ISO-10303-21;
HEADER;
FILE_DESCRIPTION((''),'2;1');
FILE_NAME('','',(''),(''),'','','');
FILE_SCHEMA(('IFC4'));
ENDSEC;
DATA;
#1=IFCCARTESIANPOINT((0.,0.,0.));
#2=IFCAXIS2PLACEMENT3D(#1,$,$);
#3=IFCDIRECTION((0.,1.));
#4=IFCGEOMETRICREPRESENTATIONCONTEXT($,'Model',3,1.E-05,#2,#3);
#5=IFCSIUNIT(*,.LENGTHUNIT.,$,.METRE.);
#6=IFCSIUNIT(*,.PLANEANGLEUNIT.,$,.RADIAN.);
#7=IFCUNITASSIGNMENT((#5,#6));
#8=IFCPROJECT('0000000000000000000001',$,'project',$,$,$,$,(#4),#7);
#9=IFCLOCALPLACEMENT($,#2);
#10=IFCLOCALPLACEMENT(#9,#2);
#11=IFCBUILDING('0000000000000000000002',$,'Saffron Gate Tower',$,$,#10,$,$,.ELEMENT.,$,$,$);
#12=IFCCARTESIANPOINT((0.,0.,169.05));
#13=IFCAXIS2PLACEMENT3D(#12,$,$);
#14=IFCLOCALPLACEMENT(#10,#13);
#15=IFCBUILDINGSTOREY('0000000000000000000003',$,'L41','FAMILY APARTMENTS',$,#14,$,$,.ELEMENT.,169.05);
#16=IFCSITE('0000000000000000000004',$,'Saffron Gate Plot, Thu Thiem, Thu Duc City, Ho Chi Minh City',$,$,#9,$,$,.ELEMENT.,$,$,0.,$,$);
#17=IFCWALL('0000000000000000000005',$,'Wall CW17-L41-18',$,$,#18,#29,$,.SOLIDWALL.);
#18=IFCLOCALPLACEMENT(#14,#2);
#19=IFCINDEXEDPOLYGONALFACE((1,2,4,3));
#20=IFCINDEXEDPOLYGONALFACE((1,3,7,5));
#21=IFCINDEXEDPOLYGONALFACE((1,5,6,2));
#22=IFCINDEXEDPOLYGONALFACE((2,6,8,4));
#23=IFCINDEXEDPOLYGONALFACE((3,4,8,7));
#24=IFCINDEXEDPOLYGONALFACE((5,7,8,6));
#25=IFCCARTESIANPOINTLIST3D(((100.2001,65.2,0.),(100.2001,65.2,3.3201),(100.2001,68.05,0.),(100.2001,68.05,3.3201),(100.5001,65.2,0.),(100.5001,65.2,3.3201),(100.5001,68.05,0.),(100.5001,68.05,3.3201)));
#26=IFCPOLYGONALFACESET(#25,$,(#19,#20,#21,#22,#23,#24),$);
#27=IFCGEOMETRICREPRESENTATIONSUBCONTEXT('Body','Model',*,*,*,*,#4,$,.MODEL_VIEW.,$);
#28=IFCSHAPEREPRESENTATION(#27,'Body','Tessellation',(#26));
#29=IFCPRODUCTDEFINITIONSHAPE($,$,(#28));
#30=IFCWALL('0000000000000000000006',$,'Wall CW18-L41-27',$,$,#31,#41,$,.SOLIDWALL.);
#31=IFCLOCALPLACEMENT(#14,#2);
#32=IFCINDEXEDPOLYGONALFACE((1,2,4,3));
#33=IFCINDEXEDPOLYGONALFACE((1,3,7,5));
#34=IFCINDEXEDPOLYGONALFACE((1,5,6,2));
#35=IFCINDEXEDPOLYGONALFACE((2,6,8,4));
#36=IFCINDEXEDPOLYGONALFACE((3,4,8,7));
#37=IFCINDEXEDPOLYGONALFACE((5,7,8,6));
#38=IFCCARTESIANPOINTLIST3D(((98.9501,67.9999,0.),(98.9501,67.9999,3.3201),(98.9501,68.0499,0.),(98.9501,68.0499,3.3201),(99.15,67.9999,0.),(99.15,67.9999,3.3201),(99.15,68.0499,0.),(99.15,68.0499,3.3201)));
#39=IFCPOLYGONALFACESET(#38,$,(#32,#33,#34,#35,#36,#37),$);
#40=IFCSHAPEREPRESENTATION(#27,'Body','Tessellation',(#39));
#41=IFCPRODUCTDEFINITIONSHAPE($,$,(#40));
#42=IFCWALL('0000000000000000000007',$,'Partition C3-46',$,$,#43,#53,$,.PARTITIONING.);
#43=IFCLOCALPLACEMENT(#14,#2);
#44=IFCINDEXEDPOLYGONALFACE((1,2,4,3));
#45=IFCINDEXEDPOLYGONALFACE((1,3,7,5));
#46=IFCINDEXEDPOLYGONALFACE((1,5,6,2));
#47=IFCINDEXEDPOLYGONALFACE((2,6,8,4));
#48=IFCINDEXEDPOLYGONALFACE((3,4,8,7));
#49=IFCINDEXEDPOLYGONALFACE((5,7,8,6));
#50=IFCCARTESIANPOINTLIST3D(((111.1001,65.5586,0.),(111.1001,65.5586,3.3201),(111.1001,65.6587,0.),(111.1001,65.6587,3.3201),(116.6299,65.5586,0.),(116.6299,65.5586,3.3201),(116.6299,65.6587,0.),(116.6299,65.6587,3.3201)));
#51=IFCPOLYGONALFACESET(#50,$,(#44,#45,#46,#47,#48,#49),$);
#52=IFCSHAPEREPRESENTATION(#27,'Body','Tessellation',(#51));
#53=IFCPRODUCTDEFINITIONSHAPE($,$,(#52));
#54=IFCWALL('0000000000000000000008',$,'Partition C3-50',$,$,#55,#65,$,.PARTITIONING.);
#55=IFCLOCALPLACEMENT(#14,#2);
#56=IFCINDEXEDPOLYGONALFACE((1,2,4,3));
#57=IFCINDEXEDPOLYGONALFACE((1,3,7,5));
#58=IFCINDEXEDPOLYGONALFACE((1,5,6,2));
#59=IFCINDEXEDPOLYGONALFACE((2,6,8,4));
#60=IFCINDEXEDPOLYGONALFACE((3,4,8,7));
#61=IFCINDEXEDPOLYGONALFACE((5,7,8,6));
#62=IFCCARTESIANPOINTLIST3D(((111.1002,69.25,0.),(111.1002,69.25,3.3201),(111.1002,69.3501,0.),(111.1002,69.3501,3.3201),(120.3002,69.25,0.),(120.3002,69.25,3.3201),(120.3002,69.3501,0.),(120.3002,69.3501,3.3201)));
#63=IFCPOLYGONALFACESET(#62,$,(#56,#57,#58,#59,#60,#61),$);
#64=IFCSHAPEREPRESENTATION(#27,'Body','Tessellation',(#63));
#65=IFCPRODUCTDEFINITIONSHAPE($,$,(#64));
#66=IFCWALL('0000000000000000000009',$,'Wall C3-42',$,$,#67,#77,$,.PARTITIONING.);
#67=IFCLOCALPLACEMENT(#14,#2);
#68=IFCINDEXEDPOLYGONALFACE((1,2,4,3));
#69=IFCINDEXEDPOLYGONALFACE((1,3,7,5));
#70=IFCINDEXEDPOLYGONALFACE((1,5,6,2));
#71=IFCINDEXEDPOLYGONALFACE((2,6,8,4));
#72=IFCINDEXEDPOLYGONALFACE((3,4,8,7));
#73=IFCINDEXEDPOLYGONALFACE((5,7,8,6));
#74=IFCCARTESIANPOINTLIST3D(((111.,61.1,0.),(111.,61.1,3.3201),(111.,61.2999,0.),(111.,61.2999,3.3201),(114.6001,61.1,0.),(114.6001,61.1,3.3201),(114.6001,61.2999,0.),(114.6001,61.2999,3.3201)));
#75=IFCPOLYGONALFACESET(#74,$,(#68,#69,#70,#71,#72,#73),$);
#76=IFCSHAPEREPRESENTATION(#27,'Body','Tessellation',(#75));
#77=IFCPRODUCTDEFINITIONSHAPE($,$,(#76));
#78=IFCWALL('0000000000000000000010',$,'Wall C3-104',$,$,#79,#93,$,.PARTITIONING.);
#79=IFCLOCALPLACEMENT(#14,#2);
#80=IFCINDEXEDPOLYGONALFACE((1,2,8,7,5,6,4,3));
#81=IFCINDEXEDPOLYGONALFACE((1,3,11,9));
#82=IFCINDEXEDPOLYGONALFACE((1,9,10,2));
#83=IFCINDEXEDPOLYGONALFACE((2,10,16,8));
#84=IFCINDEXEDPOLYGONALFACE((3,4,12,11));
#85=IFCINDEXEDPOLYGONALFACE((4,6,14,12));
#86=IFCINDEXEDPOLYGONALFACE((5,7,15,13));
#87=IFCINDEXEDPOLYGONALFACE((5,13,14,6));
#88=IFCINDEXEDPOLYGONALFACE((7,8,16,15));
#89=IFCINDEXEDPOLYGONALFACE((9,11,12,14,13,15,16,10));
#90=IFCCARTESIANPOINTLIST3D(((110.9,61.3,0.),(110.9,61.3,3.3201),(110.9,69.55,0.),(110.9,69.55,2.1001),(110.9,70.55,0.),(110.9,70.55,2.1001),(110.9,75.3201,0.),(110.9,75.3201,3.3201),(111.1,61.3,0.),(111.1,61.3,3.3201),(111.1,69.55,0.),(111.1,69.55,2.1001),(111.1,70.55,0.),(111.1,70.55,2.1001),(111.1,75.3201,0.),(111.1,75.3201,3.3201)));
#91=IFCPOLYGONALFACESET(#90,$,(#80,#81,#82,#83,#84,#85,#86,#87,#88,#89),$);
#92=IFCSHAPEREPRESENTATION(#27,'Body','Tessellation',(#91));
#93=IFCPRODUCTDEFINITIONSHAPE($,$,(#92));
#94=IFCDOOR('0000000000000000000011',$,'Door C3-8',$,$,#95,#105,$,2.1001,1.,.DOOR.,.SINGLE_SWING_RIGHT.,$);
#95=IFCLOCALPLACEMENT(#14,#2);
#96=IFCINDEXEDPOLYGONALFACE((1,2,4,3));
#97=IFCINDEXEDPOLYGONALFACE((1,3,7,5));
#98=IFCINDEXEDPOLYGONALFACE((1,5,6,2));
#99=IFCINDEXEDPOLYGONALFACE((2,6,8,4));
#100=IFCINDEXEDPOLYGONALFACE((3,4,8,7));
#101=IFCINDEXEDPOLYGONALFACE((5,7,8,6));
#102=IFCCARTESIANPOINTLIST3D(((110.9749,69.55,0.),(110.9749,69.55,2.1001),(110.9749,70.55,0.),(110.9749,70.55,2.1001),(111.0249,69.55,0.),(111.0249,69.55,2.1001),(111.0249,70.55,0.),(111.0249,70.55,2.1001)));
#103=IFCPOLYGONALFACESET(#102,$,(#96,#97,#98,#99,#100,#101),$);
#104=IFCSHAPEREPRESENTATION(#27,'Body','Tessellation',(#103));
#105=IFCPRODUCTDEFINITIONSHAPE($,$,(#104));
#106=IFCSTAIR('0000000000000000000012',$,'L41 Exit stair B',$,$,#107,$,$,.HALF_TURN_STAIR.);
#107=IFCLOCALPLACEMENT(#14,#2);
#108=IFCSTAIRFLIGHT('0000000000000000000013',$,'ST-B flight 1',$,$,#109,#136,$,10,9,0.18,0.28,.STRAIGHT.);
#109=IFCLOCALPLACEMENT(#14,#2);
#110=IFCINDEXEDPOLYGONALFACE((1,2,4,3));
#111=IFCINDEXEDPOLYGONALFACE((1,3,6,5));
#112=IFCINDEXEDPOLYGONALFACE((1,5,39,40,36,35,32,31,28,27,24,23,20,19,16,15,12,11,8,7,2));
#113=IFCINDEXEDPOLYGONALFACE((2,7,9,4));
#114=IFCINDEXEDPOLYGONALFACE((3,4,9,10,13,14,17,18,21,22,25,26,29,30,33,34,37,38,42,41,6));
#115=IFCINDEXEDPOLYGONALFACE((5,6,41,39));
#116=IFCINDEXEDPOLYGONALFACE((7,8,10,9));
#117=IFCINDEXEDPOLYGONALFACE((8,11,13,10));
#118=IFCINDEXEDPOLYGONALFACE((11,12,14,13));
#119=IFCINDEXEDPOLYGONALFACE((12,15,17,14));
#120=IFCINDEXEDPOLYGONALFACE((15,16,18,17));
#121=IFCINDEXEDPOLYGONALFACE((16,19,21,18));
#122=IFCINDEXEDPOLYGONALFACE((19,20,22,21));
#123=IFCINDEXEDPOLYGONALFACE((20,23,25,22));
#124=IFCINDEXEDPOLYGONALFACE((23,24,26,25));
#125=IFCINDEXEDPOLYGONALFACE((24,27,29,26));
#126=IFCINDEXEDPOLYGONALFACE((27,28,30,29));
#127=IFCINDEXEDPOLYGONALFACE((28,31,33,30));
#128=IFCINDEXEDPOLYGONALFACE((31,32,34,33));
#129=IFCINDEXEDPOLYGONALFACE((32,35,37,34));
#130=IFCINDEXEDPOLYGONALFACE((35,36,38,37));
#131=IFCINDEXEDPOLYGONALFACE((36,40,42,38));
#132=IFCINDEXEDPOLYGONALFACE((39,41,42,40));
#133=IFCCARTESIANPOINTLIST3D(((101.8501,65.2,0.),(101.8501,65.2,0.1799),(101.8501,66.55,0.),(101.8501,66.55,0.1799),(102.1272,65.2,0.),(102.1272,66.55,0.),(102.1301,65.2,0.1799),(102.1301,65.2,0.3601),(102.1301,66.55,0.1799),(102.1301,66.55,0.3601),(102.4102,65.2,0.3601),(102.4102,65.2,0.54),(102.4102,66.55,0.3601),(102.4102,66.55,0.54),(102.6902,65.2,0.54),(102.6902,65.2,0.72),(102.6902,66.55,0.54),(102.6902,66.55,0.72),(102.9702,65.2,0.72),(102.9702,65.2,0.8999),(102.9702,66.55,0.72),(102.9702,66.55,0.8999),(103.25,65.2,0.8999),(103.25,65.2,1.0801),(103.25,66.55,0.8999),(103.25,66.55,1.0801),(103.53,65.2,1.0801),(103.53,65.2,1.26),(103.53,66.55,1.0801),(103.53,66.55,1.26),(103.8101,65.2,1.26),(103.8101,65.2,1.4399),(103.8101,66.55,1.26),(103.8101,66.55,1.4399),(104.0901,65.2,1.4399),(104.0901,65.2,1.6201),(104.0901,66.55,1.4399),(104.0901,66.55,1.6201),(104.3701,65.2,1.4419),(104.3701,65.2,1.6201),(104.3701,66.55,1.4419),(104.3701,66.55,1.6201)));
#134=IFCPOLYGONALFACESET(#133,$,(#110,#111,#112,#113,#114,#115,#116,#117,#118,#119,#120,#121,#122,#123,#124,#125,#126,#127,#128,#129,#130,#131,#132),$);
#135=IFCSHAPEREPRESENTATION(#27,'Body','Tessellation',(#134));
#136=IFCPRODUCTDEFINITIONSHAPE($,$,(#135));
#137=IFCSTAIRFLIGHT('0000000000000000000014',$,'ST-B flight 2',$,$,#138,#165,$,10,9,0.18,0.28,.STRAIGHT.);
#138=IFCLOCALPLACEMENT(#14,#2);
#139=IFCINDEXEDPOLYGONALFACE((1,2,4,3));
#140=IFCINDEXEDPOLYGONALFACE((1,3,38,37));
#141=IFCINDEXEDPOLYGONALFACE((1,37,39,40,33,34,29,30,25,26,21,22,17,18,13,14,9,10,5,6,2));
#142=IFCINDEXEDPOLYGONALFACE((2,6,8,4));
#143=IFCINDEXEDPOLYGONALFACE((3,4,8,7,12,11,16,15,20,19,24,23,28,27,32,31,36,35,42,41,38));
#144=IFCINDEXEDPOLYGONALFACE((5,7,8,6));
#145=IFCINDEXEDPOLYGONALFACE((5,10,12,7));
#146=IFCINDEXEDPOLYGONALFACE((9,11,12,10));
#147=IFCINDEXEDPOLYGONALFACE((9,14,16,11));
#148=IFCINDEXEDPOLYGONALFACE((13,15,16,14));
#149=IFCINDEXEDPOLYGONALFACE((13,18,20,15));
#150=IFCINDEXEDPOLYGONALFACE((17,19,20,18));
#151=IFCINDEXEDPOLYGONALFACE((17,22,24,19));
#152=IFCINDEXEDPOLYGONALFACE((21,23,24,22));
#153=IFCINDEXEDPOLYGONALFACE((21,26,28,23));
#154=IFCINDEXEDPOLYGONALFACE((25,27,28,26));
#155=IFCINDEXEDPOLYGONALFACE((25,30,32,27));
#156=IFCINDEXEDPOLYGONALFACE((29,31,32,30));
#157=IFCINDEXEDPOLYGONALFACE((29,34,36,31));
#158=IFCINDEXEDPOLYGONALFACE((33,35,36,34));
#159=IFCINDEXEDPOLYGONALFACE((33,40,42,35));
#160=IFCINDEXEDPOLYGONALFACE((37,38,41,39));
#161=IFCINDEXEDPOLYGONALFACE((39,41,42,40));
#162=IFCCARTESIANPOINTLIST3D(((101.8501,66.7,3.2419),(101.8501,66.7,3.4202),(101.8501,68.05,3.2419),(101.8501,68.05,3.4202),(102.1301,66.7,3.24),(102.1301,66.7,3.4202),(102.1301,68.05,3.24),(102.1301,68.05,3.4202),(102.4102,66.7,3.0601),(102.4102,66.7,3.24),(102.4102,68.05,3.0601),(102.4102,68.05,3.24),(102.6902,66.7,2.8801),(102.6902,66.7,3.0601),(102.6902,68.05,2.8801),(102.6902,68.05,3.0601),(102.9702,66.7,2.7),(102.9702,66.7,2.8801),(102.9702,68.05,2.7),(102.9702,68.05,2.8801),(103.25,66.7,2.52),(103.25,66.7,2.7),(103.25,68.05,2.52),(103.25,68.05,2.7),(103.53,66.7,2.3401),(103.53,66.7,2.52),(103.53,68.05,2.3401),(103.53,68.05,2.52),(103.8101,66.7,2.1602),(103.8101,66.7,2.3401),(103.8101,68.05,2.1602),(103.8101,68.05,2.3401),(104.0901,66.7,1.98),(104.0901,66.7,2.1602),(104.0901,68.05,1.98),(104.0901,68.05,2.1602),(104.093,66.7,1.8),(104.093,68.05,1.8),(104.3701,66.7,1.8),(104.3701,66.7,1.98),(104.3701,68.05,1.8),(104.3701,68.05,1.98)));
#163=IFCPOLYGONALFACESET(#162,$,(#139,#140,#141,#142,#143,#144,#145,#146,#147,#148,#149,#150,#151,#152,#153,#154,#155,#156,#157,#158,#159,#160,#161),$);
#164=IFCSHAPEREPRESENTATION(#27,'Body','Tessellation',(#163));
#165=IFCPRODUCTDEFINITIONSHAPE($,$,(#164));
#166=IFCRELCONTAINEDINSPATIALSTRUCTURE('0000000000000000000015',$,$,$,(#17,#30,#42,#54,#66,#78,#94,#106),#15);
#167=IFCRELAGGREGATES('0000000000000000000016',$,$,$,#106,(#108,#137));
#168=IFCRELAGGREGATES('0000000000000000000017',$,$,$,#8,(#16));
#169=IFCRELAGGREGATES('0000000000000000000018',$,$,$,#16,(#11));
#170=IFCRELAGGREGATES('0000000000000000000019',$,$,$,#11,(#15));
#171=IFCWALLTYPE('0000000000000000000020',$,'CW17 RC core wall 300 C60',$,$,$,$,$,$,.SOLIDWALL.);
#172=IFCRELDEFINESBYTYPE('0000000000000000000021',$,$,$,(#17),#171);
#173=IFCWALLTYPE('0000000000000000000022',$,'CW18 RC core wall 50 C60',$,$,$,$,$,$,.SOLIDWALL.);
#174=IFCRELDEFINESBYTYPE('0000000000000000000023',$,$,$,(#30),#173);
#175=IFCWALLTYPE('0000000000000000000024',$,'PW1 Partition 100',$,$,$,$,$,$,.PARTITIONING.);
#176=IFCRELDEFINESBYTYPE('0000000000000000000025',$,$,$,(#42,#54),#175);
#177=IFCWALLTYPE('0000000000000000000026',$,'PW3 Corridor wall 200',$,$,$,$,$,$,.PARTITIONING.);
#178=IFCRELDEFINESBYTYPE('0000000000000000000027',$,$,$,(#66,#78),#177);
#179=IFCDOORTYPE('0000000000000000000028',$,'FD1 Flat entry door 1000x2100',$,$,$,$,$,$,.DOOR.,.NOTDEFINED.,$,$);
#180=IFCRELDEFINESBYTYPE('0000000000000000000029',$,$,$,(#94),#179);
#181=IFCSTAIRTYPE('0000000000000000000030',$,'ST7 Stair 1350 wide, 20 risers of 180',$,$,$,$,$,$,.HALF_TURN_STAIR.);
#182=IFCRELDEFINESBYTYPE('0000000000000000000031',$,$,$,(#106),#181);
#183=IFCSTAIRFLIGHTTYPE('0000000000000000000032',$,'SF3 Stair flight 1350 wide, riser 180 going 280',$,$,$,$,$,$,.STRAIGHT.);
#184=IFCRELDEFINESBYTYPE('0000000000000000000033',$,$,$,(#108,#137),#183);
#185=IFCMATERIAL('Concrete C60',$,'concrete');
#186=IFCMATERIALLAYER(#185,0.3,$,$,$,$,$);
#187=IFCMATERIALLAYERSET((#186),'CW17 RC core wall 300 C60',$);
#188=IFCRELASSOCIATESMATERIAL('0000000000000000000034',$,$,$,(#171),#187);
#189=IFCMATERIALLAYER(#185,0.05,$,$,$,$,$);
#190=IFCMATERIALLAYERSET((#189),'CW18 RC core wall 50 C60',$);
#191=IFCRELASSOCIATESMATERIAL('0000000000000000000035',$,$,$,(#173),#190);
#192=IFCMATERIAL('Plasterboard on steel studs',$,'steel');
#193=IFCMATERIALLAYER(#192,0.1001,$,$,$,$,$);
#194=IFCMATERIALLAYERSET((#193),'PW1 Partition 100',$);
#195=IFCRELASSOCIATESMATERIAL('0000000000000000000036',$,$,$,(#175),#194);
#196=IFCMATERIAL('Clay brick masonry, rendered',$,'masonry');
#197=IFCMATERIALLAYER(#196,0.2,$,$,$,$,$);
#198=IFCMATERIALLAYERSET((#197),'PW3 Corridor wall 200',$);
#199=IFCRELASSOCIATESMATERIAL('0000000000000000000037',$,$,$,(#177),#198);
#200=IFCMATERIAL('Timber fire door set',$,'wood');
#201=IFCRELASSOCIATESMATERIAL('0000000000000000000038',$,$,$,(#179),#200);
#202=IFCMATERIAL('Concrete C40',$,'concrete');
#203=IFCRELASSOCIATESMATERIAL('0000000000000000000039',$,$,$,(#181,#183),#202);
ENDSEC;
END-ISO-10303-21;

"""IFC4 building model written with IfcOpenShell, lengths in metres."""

from ifc_helpers import new_model, si_unit, direction, frame, frame_2d, origin, place, context, subcontext, project, spatial, polyline, rectangle, outline, extrude, material, layer, layer_set, type_object, element, fill, aggregate, save


model = new_model("IFC4")

# Units and contexts
model_context = context("Model", 3, precision=1e-05, world=origin(), true_north=direction((0.0, 1.0)))
body_context = subcontext(model_context, "Body", "Model", "MODEL_VIEW")
ifc_project = project(units=[si_unit("LENGTHUNIT", "METRE"), si_unit("PLANEANGLEUNIT", "RADIAN")], contexts=[model_context])

# Site, building, storey
site_placement = place(None, origin())
site = spatial("IfcSite", under=ifc_project, at=site_placement, Name="Saffron Gate Plot, Thu Thiem, Thu Duc City, Ho Chi Minh City", CompositionType="ELEMENT", RefElevation=0.0)
building_placement = place(site_placement, origin())
building = spatial("IfcBuilding", under=site, at=building_placement, Name="Saffron Gate Tower", CompositionType="ELEMENT")
storey_placement = place(building_placement, frame((0.0, 0.0, 169.05)))
storey = spatial("IfcBuildingStorey", under=building, at=storey_placement, Name="L41", Description="FAMILY APARTMENTS", CompositionType="ELEMENT", Elevation=169.05)

# Shared definitions
ifc_material_1 = material(Name="Concrete C60", Category="concrete")

# Walls
ifc_layer_1 = layer(ifc_material_1, 0.3)
ifc_layer_set_1 = layer_set([ifc_layer_1], Name="CW17 RC core wall 300 C60")
wall_type_1 = type_object("IfcWallType", Name="CW17 RC core wall 300 C60", PredefinedType="SOLIDWALL", material=ifc_layer_set_1)
wall_1_placement = place(storey_placement, frame((100.3501, 65.2, 0.0), z_axis=(0.0, 0.0, 1.0), x_axis=(0.0, 1.0, 0.0)))
element("IfcWall", 1, at=wall_1_placement, inside=storey, type_object=wall_type_1, Name="Wall CW17-L41-18", PredefinedType="SOLIDWALL", context=body_context, shape_type="SweptSolid", body=[
    extrude(rectangle(XDim=2.8501, YDim=0.3, at=frame_2d((1.425, 0.0))), origin(), (0.0, 0.0, 1.0), 3.3201),
])
ifc_layer_2 = layer(ifc_material_1, 0.05)
ifc_layer_set_2 = layer_set([ifc_layer_2], Name="CW18 RC core wall 50 C60")
wall_type_2 = type_object("IfcWallType", Name="CW18 RC core wall 50 C60", PredefinedType="SOLIDWALL", material=ifc_layer_set_2)
wall_2_placement = place(storey_placement, frame((98.95, 68.0249, 0.0), z_axis=(0.0, 0.0, 1.0), x_axis=(1.0, 0.0, 0.0)))
element("IfcWall", 2, at=wall_2_placement, inside=storey, type_object=wall_type_2, Name="Wall CW18-L41-27", PredefinedType="SOLIDWALL", context=body_context, shape_type="SweptSolid", body=[
    extrude(rectangle(XDim=0.2, YDim=0.05, at=frame_2d((0.1001, 0.0))), origin(), (0.0, 0.0, 1.0), 3.3201),
])
ifc_material_2 = material(Name="Plasterboard on steel studs", Category="steel")
ifc_layer_3 = layer(ifc_material_2, 0.1001)
ifc_layer_set_3 = layer_set([ifc_layer_3], Name="PW1 Partition 100")
wall_type_3 = type_object("IfcWallType", Name="PW1 Partition 100", PredefinedType="PARTITIONING", material=ifc_layer_set_3)
wall_3_placement = place(storey_placement, frame((111.1001, 65.6086, 0.0), z_axis=(0.0, 0.0, 1.0), x_axis=(1.0, 0.0, 0.0)))
element("IfcWall", 3, at=wall_3_placement, inside=storey, type_object=wall_type_3, Name="Partition C3-46", PredefinedType="PARTITIONING", context=body_context, shape_type="SweptSolid", body=[
    extrude(rectangle(XDim=5.5298, YDim=0.1001, at=frame_2d((2.7649, 0.0))), origin(), (0.0, 0.0, 1.0), 3.3201),
])
wall_4_placement = place(storey_placement, frame((111.1001, 69.3, 0.0), z_axis=(0.0, 0.0, 1.0), x_axis=(1.0, 0.0, 0.0)))
element("IfcWall", 4, at=wall_4_placement, inside=storey, type_object=wall_type_3, Name="Partition C3-50", PredefinedType="PARTITIONING", context=body_context, shape_type="SweptSolid", body=[
    extrude(rectangle(XDim=9.2, YDim=0.1001, at=frame_2d((4.6001, 0.0))), origin(), (0.0, 0.0, 1.0), 3.3201),
])
ifc_material_3 = material(Name="Clay brick masonry, rendered", Category="masonry")
ifc_layer_4 = layer(ifc_material_3, 0.2)
ifc_layer_set_4 = layer_set([ifc_layer_4], Name="PW3 Corridor wall 200")
wall_type_4 = type_object("IfcWallType", Name="PW3 Corridor wall 200", PredefinedType="PARTITIONING", material=ifc_layer_set_4)
wall_5_placement = place(storey_placement, frame((111.0, 61.2, 0.0), z_axis=(0.0, 0.0, 1.0), x_axis=(1.0, 0.0, 0.0)))
element("IfcWall", 5, at=wall_5_placement, inside=storey, type_object=wall_type_4, Name="Wall C3-42", PredefinedType="PARTITIONING", context=body_context, shape_type="SweptSolid", body=[
    extrude(rectangle(XDim=3.6001, YDim=0.2, at=frame_2d((1.8, 0.0))), origin(), (0.0, 0.0, 1.0), 3.3201),
])

# Wall, opening, door
wall_6_placement = place(storey_placement, frame((111.0, 75.3201, 0.0), z_axis=(0.0, 0.0, 1.0), x_axis=(0.0, -1.0, 0.0)))
wall_6 = element("IfcWall", 6, at=wall_6_placement, inside=storey, type_object=wall_type_4, Name="Wall C3-104", PredefinedType="PARTITIONING", context=body_context, shape_type="SweptSolid", body=[
    extrude(rectangle(XDim=14.02, YDim=0.2, at=frame_2d((7.01, 0.0))), origin(), (0.0, 0.0, 1.0), 3.3201),
])
opening_1_placement = place(wall_6_placement, frame((4.77, 0.0, 0.0)))
opening_1 = element("IfcOpeningElement", 7, at=opening_1_placement, cuts=wall_6, PredefinedType="OPENING", context=body_context, shape_type="SweptSolid", body=[
    extrude(rectangle(XDim=1.0, YDim=2.1001, at=frame_2d((0.5, 1.05))), frame((0.0, 0.1099, 0.0), z_axis=(0.0, -1.0, 0.0), x_axis=(1.0, 0.0, 0.0)), (0.0, 0.0, 1.0), 0.22),
])
ifc_material_4 = material(Name="Timber fire door set", Category="wood")
door_type_1 = type_object("IfcDoorType", Name="FD1 Flat entry door 1000x2100", OperationType="NOTDEFINED", PredefinedType="DOOR", material=ifc_material_4)
door_1_placement = place(opening_1_placement, origin())
door_1 = element("IfcDoor", 8, at=door_1_placement, inside=storey, type_object=door_type_1, Name="Door C3-8", OperationType="SINGLE_SWING_RIGHT", OverallHeight=2.1001, OverallWidth=1.0, PredefinedType="DOOR", context=body_context, shape_type="SweptSolid", body=[
    extrude(rectangle(XDim=1.0, YDim=2.1001, at=frame_2d((0.5, 1.05))), frame((0.0, 0.0249, 0.0), z_axis=(0.0, -1.0, 0.0), x_axis=(1.0, 0.0, 0.0)), (0.0, 0.0, 1.0), 0.05),
])
fill(opening_1, door_1)

# Stair, stair flights
ifc_material_5 = material(Name="Concrete C40", Category="concrete")
stair_type = type_object("IfcStairType", Name="ST7 Stair 1350 wide, 20 risers of 180", PredefinedType="HALF_TURN_STAIR", material=ifc_material_5)
stair_placement = place(storey_placement, origin())
stair = element("IfcStair", 9, at=stair_placement, inside=storey, type_object=stair_type, Name="L41 Exit stair B", PredefinedType="HALF_TURN_STAIR")
stair_flight_type = type_object("IfcStairFlightType", Name="SF3 Stair flight 1350 wide, riser 180 going 280", PredefinedType="STRAIGHT", material=ifc_material_5)
stair_flight_1_placement = place(storey_placement, frame((101.8501, 65.875, 0.0), z_axis=(0.0, 0.0, 1.0), x_axis=(1.0, 0.0, 0.0)))
stair_flight_1 = element("IfcStairFlight", 10, at=stair_flight_1_placement, type_object=stair_flight_type, Name="ST-B flight 1", NumberOfRisers=10, NumberOfTreads=9, PredefinedType="STRAIGHT", RiserHeight=0.18, TreadLength=0.28, context=body_context, shape_type="SweptSolid", body=[
    extrude(outline(polyline([(0.0, 0.0), (0.0, 0.1799), (0.28, 0.1799), (0.28, 0.3601), (0.5601, 0.3601), (0.5601, 0.54), (0.8401, 0.54), (0.8401, 0.72), (1.1201, 0.72), (1.1201, 0.8999), (1.3999, 0.8999), (1.3999, 1.0801), (1.6799, 1.0801), (1.6799, 1.26), (1.96, 1.26), (1.96, 1.4399), (2.24, 1.4399), (2.24, 1.6201), (2.52, 1.6201), (2.52, 1.8), (2.52, 1.4419), (0.2771, 0.0), (0.0, 0.0)])), frame((0.0, 0.675, 0.0), z_axis=(0.0, -1.0, 0.0), x_axis=(1.0, 0.0, 0.0)), (0.0, 0.0, 1.0), 1.3501),
])
stair_flight_2_placement = place(storey_placement, frame((104.3701, 67.375, 1.8), z_axis=(0.0, 0.0, 1.0), x_axis=(-1.0, 0.0, 0.0)))
stair_flight_2 = element("IfcStairFlight", 11, at=stair_flight_2_placement, type_object=stair_flight_type, Name="ST-B flight 2", NumberOfRisers=10, NumberOfTreads=9, PredefinedType="STRAIGHT", RiserHeight=0.18, TreadLength=0.28, context=body_context, shape_type="SweptSolid", body=[
    extrude(outline(polyline([(0.0, 0.0), (0.0, 0.1799), (0.28, 0.1799), (0.28, 0.3601), (0.5601, 0.3601), (0.5601, 0.54), (0.8401, 0.54), (0.8401, 0.72), (1.1201, 0.72), (1.1201, 0.8999), (1.3999, 0.8999), (1.3999, 1.0801), (1.6799, 1.0801), (1.6799, 1.26), (1.96, 1.26), (1.96, 1.4399), (2.24, 1.4399), (2.24, 1.6201), (2.52, 1.6201), (2.52, 1.8), (2.52, 1.4419), (0.2771, 0.0), (0.0, 0.0)])), frame((0.0, 0.675, 0.0), z_axis=(0.0, -1.0, 0.0), x_axis=(1.0, 0.0, 0.0)), (0.0, 0.0, 1.0), 1.3501),
])
aggregate(stair, [stair_flight_1, stair_flight_2])

save(model, "model.ifc")
